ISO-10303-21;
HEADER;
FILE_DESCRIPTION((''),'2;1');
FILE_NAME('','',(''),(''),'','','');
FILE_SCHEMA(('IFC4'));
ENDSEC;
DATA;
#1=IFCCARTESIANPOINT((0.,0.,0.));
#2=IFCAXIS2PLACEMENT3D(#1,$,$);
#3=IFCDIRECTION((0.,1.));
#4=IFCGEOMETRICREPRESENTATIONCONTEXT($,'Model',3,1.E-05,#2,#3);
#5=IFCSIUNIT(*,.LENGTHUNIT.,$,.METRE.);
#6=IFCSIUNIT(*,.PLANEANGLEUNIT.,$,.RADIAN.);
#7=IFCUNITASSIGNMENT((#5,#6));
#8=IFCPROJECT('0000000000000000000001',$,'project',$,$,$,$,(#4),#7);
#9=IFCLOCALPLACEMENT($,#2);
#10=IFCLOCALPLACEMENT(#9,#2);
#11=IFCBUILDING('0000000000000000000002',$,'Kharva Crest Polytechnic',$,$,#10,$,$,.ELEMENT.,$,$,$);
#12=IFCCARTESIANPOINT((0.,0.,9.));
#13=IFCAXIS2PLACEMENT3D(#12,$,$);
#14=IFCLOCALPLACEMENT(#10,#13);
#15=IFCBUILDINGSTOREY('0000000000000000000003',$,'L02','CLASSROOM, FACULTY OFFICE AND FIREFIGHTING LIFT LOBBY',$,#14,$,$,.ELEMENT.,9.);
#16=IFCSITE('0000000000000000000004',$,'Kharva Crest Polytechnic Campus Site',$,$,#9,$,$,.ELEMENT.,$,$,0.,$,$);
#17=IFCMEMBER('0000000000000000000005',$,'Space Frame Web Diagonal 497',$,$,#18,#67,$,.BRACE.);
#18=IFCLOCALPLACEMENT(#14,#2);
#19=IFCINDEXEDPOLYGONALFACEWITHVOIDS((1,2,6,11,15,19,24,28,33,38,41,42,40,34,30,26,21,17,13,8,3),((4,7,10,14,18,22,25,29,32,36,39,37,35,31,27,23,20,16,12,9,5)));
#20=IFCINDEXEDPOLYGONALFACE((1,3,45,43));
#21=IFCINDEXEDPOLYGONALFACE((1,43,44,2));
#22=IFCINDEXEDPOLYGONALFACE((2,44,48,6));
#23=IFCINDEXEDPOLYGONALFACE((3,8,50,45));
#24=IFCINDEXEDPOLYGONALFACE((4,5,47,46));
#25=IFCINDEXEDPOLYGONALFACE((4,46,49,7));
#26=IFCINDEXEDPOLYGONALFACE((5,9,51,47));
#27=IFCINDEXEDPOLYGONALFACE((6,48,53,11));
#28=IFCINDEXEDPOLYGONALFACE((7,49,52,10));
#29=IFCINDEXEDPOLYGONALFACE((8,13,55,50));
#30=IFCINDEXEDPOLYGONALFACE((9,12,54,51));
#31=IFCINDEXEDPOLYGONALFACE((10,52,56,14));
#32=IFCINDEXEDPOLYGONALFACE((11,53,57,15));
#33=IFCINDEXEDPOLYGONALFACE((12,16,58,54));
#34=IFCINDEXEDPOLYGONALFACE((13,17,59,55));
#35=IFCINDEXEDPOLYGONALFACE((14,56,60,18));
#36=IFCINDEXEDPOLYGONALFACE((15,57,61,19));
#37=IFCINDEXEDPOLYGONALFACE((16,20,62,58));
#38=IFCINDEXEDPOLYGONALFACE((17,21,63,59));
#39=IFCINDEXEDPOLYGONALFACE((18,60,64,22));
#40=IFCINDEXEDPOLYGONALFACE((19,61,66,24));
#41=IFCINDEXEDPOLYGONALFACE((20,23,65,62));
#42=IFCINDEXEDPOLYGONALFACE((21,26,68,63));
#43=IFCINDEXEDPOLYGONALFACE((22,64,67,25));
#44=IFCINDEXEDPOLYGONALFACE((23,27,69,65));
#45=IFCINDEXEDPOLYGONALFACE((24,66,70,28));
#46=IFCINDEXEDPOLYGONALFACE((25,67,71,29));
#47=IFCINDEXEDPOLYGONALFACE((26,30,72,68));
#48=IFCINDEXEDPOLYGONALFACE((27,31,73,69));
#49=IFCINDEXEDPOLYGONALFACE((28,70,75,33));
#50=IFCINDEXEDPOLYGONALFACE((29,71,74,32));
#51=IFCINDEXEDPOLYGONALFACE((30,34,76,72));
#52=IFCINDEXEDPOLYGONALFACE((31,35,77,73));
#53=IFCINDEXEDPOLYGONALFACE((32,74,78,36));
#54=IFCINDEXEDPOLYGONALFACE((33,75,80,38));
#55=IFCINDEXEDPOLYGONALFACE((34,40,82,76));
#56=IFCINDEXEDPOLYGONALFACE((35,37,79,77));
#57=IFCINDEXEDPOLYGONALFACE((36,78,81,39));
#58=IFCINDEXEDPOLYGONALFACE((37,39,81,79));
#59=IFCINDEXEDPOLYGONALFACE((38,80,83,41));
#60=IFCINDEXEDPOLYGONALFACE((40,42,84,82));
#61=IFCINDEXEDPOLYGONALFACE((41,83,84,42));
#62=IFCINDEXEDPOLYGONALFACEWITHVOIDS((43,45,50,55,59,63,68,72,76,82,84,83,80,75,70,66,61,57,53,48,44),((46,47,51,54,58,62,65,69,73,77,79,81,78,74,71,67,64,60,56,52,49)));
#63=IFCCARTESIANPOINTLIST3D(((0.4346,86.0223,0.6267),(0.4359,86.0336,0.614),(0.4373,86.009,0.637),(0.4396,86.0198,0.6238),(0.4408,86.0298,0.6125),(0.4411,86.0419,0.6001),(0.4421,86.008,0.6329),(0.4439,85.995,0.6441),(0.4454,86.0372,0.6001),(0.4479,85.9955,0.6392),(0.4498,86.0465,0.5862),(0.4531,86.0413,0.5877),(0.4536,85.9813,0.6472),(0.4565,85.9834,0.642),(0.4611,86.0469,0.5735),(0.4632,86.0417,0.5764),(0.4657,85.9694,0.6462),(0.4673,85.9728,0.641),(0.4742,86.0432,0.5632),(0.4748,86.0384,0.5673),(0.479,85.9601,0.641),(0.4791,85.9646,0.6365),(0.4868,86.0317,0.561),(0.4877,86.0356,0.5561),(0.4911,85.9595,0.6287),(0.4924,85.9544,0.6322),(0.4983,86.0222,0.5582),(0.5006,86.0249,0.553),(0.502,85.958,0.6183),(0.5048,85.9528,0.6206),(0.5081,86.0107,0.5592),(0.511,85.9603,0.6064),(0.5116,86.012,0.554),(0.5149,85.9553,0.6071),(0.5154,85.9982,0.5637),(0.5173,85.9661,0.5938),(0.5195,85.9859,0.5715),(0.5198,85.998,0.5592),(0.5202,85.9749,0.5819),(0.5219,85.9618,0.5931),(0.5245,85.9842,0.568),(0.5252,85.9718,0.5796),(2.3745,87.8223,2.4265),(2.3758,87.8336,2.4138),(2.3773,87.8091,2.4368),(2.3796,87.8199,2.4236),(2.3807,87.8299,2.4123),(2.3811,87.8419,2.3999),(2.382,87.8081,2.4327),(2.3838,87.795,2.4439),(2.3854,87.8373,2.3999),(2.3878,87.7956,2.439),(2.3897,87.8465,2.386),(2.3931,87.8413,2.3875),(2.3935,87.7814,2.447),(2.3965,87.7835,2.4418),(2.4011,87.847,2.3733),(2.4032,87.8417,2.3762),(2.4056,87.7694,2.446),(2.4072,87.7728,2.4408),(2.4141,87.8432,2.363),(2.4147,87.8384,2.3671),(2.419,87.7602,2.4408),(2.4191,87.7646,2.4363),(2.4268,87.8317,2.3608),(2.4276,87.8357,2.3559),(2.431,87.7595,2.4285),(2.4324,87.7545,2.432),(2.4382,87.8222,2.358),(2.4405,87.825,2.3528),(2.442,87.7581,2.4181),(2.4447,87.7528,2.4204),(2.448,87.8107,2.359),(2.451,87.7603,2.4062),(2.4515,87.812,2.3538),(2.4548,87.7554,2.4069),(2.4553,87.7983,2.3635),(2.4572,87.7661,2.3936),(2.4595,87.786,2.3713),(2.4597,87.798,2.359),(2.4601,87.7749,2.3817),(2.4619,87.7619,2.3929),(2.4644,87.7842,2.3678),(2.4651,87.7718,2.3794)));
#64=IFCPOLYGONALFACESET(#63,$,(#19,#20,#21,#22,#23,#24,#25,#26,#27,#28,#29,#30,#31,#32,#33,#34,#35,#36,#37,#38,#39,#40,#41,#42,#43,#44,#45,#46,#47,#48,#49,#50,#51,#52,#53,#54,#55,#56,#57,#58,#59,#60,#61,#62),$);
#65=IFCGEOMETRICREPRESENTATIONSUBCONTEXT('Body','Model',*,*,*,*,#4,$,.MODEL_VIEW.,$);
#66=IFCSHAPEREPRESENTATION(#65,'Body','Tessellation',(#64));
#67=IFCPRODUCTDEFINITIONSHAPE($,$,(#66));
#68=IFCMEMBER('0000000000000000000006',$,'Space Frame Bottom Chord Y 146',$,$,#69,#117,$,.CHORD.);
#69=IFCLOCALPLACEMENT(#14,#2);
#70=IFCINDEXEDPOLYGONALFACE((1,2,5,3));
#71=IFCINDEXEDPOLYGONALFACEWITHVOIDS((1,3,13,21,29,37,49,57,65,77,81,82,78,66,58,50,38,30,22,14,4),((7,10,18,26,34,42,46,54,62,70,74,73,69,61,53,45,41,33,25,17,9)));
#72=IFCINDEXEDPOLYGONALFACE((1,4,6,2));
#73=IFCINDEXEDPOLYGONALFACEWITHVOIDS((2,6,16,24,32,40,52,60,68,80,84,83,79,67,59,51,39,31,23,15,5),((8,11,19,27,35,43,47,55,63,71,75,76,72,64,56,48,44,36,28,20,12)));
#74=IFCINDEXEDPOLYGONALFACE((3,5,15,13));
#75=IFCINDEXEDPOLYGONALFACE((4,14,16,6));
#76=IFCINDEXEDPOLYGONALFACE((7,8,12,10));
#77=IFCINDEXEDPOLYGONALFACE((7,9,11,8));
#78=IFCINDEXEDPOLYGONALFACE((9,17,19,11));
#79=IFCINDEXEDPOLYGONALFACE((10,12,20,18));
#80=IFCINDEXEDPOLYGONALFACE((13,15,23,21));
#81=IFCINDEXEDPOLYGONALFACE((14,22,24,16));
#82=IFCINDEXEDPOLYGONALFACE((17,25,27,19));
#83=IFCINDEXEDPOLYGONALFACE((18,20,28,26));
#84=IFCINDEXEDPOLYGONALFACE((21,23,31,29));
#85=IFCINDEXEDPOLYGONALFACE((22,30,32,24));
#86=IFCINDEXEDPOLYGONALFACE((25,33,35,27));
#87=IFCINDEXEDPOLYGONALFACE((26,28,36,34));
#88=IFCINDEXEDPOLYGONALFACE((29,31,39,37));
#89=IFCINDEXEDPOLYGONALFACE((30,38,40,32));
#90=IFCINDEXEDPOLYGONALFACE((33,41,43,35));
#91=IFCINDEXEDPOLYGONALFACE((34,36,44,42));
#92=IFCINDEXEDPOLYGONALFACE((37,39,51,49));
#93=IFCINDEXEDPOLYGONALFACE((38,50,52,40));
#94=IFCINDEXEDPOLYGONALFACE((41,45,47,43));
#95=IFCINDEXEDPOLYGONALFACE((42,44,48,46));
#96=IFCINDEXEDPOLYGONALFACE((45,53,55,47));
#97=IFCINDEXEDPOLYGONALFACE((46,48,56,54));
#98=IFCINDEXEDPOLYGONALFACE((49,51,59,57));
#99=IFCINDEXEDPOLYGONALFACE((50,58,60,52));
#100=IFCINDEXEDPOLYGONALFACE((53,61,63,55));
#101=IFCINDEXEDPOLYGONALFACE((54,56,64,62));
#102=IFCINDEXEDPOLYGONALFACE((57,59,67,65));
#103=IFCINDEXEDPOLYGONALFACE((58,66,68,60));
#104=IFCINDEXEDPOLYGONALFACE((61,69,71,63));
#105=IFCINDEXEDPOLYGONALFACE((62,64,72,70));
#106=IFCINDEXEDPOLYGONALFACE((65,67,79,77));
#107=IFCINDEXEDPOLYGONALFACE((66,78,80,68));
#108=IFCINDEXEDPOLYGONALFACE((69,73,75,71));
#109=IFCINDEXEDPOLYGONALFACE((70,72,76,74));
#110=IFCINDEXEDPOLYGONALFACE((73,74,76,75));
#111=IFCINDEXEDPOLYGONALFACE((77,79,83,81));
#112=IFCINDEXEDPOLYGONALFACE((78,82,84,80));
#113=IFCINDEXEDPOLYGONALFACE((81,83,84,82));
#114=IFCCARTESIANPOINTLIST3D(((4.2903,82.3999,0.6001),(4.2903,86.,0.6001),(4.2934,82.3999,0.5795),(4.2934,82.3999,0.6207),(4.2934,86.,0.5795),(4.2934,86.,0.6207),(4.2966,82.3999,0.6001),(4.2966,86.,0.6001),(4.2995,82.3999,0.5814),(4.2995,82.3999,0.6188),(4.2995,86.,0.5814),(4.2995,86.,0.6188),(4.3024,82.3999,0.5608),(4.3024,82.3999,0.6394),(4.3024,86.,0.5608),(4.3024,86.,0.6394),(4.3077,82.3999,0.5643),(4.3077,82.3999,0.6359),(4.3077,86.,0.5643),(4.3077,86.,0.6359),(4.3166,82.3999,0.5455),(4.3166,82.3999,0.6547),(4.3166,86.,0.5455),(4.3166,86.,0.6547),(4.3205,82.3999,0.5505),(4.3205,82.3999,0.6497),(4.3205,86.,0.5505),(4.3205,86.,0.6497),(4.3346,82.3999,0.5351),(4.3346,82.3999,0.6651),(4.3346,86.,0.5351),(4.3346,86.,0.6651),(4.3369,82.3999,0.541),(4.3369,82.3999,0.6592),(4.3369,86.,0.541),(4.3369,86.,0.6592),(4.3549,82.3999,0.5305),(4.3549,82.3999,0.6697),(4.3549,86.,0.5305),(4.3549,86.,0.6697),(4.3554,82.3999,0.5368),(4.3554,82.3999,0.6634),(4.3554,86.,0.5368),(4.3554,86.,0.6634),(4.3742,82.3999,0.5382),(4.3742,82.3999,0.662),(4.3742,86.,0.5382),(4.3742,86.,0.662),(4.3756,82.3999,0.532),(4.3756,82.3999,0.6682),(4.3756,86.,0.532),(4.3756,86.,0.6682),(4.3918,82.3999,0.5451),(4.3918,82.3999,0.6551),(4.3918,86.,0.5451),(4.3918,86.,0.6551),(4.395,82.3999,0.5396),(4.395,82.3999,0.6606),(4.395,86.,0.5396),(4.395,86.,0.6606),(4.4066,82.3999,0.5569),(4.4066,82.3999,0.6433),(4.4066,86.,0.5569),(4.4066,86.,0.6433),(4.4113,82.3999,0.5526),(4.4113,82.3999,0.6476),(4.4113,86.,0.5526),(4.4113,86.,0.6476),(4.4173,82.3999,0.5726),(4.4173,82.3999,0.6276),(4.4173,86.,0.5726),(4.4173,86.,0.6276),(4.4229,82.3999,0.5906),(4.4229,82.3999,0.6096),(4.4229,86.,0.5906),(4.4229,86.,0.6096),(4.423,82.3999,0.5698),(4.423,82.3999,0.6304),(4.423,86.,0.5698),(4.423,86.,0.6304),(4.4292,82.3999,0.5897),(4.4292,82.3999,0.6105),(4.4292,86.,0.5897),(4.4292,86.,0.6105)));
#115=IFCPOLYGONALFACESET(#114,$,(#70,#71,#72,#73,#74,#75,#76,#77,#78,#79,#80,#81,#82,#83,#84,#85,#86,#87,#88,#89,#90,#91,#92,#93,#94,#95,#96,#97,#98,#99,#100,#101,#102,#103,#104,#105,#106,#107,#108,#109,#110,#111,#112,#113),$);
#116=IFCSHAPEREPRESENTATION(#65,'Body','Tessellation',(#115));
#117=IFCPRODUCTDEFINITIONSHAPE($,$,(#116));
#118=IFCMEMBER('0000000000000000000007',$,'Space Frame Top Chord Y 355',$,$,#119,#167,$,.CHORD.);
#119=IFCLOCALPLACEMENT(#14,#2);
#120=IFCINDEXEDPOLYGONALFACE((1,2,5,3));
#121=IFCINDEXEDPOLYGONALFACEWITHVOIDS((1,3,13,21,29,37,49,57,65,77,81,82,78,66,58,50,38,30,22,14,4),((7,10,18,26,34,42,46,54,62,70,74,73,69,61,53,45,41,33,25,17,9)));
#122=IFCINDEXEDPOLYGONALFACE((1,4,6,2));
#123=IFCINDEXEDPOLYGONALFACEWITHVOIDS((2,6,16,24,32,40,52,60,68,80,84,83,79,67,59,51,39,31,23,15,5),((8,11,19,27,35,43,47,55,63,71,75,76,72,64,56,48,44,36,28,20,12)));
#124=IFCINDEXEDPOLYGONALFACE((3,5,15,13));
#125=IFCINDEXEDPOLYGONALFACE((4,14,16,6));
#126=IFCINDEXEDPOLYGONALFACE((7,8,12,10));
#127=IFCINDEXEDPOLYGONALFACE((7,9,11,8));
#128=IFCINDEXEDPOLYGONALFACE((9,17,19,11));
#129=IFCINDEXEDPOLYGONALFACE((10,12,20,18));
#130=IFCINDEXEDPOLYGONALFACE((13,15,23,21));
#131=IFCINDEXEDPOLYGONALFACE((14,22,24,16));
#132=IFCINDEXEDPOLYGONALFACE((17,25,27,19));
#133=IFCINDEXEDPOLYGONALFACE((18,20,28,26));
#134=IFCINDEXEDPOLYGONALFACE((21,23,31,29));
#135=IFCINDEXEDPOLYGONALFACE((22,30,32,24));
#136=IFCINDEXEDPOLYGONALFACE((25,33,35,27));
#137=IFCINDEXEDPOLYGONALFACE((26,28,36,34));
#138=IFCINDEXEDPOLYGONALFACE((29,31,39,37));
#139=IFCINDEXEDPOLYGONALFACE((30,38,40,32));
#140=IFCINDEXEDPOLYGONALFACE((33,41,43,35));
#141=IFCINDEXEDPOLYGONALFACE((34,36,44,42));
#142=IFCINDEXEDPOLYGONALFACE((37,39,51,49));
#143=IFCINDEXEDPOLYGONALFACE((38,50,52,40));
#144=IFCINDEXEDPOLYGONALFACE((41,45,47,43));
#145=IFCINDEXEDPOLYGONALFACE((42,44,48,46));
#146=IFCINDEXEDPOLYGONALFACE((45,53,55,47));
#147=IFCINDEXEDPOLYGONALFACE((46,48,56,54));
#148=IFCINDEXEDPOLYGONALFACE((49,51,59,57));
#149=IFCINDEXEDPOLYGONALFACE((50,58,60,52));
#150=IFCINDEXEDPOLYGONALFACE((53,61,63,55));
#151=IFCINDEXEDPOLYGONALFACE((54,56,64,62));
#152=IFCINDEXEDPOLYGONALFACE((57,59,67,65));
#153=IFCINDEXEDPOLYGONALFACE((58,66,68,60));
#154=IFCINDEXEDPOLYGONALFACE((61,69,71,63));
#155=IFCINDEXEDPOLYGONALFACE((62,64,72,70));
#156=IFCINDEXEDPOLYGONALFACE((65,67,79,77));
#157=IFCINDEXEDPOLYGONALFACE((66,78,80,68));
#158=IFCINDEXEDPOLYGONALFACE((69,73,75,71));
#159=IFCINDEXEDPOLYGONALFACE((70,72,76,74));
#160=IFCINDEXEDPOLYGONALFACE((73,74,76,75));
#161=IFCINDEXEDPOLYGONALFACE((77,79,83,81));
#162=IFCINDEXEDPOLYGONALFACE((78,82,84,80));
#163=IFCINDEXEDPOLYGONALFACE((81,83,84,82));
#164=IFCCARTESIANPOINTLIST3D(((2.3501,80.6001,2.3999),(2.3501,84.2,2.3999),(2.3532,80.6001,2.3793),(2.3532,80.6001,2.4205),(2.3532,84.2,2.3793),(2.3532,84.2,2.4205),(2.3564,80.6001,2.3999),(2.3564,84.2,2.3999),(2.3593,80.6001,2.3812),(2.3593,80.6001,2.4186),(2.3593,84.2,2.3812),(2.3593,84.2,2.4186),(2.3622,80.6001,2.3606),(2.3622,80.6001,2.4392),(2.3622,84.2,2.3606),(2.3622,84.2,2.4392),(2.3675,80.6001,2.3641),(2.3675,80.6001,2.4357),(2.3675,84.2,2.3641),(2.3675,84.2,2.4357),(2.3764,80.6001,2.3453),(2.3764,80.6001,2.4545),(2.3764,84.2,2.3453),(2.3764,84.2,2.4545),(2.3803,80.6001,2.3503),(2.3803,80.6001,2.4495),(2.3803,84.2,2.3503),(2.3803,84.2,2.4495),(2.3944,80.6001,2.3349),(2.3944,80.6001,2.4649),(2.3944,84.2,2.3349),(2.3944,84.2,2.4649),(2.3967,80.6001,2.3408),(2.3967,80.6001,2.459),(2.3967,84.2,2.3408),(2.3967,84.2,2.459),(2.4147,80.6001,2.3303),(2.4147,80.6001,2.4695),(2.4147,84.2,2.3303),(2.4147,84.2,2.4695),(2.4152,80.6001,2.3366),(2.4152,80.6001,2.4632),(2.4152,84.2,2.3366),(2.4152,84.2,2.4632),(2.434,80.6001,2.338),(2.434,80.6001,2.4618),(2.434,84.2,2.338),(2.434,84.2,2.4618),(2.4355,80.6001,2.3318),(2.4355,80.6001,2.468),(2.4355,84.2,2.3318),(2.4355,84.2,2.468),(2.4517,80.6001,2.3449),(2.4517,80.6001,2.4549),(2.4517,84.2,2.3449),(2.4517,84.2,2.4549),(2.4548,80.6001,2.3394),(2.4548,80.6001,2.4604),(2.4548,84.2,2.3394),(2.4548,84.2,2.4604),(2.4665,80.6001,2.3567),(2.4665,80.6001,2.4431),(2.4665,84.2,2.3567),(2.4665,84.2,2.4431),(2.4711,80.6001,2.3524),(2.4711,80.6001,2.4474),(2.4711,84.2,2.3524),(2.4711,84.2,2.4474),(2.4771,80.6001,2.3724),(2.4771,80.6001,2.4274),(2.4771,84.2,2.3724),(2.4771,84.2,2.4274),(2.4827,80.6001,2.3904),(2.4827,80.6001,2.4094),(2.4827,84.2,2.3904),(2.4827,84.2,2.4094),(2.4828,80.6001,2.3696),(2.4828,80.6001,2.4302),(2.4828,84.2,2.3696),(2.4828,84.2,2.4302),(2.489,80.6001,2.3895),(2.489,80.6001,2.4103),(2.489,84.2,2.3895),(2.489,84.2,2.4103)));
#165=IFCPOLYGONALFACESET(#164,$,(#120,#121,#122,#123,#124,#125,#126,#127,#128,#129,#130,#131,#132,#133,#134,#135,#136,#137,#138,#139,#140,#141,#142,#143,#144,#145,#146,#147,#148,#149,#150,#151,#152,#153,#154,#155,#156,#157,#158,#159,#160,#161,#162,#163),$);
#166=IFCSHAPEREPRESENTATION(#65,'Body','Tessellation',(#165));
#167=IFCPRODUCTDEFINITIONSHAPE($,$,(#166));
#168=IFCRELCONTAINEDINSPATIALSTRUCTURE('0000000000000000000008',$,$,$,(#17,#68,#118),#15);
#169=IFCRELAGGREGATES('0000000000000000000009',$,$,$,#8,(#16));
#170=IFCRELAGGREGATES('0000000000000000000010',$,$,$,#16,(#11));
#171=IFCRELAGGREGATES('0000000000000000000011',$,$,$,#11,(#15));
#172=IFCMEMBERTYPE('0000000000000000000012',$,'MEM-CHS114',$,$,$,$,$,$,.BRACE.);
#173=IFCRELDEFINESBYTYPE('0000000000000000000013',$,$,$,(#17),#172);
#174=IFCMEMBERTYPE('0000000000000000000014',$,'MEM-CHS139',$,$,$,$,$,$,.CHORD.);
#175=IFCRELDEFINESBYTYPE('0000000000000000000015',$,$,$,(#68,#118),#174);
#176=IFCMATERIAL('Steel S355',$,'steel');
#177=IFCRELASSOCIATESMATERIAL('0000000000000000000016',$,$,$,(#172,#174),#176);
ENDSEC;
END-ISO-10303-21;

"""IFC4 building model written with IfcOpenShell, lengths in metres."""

from ifc_helpers import new_model, si_unit, direction, frame, origin, origin_2d, place, context, subcontext, project, spatial, hollow_circle, extrude, material, material_profile, profile_set, type_object, element, save


model = new_model("IFC4")

# Units and contexts
model_context = context("Model", 3, precision=1e-05, world=origin(), true_north=direction((0.0, 1.0)))
body_context = subcontext(model_context, "Body", "Model", "MODEL_VIEW")
ifc_project = project(units=[si_unit("LENGTHUNIT", "METRE"), si_unit("PLANEANGLEUNIT", "RADIAN")], contexts=[model_context])

# Site, building, storey
site_placement = place(None, origin())
site = spatial("IfcSite", under=ifc_project, at=site_placement, Name="Kharva Crest Polytechnic Campus Site", CompositionType="ELEMENT", RefElevation=0.0)
building_placement = place(site_placement, origin())
building = spatial("IfcBuilding", under=site, at=building_placement, Name="Kharva Crest Polytechnic", CompositionType="ELEMENT")
storey_placement = place(building_placement, frame((0.0, 0.0, 9.0)))
storey = spatial("IfcBuildingStorey", under=building, at=storey_placement, Name="L02", Description="CLASSROOM, FACULTY OFFICE AND FIREFIGHTING LIFT LOBBY", CompositionType="ELEMENT", Elevation=9.0)

# Shared definitions
ifc_material_1 = material(Name="Steel S355", Category="steel")

# Members
ifc_material_profile_1 = material_profile(ifc_material_1, hollow_circle(Radius=0.0571, WallThickness=0.0063, at=origin_2d()), Name="CHS 114.3X6.3")
ifc_profile_set_1 = profile_set([ifc_material_profile_1], Name="Steel S355")
member_type_1 = type_object("IfcMemberType", Name="MEM-CHS114", PredefinedType="BRACE", material=ifc_profile_set_1)
for number, where, z_axis, x_axis, name in (
    (1, (0.48, 86.0, 0.6001), (0.606147, 0.562437, 0.562361), (-0.680182, 0.733043, 0.0), "Space Frame Web Diagonal 497"),
):
    element("IfcMember", number, at=place(storey_placement, frame(where, z_axis=z_axis, x_axis=x_axis)), inside=storey, type_object=member_type_1, Name=name, PredefinedType="BRACE", context=body_context, shape_type="SweptSolid", body=[
        extrude(hollow_circle(Radius=0.0571, WallThickness=0.0063, at=origin_2d()), origin(), (0.0, 0.0, 1.0), 3.2004),
    ])
ifc_material_profile_2 = material_profile(ifc_material_1, hollow_circle(Radius=0.0698, WallThickness=0.0063, at=origin_2d()), Name="CHS 139.7X6.3")
ifc_profile_set_2 = profile_set([ifc_material_profile_2], Name="Steel S355")
member_type_2 = type_object("IfcMemberType", Name="MEM-CHS139", PredefinedType="CHORD", material=ifc_profile_set_2)
member_1_placement = place(storey_placement, frame((4.3601, 82.3999, 0.6001), z_axis=(0.0, 1.0, 0.0), x_axis=(-1.0, 0.0, 0.0)))
element("IfcMember", 2, at=member_1_placement, inside=storey, type_object=member_type_2, Name="Space Frame Bottom Chord Y 146", PredefinedType="CHORD", context=body_context, shape_type="SweptSolid", body=[
    extrude(hollow_circle(Radius=0.0698, WallThickness=0.0063, at=origin_2d()), origin(), (0.0, 0.0, 1.0), 3.6001),
])
member_2_placement = place(storey_placement, frame((2.4199, 80.6001, 2.3999), z_axis=(0.0, 1.0, 0.0), x_axis=(-1.0, 0.0, 0.0)))
element("IfcMember", 3, at=member_2_placement, inside=storey, type_object=member_type_2, Name="Space Frame Top Chord Y 355", PredefinedType="CHORD", context=body_context, shape_type="SweptSolid", body=[
    extrude(hollow_circle(Radius=0.0698, WallThickness=0.0063, at=origin_2d()), origin(), (0.0, 0.0, 1.0), 3.5999),
])

save(model, "model.ifc")
